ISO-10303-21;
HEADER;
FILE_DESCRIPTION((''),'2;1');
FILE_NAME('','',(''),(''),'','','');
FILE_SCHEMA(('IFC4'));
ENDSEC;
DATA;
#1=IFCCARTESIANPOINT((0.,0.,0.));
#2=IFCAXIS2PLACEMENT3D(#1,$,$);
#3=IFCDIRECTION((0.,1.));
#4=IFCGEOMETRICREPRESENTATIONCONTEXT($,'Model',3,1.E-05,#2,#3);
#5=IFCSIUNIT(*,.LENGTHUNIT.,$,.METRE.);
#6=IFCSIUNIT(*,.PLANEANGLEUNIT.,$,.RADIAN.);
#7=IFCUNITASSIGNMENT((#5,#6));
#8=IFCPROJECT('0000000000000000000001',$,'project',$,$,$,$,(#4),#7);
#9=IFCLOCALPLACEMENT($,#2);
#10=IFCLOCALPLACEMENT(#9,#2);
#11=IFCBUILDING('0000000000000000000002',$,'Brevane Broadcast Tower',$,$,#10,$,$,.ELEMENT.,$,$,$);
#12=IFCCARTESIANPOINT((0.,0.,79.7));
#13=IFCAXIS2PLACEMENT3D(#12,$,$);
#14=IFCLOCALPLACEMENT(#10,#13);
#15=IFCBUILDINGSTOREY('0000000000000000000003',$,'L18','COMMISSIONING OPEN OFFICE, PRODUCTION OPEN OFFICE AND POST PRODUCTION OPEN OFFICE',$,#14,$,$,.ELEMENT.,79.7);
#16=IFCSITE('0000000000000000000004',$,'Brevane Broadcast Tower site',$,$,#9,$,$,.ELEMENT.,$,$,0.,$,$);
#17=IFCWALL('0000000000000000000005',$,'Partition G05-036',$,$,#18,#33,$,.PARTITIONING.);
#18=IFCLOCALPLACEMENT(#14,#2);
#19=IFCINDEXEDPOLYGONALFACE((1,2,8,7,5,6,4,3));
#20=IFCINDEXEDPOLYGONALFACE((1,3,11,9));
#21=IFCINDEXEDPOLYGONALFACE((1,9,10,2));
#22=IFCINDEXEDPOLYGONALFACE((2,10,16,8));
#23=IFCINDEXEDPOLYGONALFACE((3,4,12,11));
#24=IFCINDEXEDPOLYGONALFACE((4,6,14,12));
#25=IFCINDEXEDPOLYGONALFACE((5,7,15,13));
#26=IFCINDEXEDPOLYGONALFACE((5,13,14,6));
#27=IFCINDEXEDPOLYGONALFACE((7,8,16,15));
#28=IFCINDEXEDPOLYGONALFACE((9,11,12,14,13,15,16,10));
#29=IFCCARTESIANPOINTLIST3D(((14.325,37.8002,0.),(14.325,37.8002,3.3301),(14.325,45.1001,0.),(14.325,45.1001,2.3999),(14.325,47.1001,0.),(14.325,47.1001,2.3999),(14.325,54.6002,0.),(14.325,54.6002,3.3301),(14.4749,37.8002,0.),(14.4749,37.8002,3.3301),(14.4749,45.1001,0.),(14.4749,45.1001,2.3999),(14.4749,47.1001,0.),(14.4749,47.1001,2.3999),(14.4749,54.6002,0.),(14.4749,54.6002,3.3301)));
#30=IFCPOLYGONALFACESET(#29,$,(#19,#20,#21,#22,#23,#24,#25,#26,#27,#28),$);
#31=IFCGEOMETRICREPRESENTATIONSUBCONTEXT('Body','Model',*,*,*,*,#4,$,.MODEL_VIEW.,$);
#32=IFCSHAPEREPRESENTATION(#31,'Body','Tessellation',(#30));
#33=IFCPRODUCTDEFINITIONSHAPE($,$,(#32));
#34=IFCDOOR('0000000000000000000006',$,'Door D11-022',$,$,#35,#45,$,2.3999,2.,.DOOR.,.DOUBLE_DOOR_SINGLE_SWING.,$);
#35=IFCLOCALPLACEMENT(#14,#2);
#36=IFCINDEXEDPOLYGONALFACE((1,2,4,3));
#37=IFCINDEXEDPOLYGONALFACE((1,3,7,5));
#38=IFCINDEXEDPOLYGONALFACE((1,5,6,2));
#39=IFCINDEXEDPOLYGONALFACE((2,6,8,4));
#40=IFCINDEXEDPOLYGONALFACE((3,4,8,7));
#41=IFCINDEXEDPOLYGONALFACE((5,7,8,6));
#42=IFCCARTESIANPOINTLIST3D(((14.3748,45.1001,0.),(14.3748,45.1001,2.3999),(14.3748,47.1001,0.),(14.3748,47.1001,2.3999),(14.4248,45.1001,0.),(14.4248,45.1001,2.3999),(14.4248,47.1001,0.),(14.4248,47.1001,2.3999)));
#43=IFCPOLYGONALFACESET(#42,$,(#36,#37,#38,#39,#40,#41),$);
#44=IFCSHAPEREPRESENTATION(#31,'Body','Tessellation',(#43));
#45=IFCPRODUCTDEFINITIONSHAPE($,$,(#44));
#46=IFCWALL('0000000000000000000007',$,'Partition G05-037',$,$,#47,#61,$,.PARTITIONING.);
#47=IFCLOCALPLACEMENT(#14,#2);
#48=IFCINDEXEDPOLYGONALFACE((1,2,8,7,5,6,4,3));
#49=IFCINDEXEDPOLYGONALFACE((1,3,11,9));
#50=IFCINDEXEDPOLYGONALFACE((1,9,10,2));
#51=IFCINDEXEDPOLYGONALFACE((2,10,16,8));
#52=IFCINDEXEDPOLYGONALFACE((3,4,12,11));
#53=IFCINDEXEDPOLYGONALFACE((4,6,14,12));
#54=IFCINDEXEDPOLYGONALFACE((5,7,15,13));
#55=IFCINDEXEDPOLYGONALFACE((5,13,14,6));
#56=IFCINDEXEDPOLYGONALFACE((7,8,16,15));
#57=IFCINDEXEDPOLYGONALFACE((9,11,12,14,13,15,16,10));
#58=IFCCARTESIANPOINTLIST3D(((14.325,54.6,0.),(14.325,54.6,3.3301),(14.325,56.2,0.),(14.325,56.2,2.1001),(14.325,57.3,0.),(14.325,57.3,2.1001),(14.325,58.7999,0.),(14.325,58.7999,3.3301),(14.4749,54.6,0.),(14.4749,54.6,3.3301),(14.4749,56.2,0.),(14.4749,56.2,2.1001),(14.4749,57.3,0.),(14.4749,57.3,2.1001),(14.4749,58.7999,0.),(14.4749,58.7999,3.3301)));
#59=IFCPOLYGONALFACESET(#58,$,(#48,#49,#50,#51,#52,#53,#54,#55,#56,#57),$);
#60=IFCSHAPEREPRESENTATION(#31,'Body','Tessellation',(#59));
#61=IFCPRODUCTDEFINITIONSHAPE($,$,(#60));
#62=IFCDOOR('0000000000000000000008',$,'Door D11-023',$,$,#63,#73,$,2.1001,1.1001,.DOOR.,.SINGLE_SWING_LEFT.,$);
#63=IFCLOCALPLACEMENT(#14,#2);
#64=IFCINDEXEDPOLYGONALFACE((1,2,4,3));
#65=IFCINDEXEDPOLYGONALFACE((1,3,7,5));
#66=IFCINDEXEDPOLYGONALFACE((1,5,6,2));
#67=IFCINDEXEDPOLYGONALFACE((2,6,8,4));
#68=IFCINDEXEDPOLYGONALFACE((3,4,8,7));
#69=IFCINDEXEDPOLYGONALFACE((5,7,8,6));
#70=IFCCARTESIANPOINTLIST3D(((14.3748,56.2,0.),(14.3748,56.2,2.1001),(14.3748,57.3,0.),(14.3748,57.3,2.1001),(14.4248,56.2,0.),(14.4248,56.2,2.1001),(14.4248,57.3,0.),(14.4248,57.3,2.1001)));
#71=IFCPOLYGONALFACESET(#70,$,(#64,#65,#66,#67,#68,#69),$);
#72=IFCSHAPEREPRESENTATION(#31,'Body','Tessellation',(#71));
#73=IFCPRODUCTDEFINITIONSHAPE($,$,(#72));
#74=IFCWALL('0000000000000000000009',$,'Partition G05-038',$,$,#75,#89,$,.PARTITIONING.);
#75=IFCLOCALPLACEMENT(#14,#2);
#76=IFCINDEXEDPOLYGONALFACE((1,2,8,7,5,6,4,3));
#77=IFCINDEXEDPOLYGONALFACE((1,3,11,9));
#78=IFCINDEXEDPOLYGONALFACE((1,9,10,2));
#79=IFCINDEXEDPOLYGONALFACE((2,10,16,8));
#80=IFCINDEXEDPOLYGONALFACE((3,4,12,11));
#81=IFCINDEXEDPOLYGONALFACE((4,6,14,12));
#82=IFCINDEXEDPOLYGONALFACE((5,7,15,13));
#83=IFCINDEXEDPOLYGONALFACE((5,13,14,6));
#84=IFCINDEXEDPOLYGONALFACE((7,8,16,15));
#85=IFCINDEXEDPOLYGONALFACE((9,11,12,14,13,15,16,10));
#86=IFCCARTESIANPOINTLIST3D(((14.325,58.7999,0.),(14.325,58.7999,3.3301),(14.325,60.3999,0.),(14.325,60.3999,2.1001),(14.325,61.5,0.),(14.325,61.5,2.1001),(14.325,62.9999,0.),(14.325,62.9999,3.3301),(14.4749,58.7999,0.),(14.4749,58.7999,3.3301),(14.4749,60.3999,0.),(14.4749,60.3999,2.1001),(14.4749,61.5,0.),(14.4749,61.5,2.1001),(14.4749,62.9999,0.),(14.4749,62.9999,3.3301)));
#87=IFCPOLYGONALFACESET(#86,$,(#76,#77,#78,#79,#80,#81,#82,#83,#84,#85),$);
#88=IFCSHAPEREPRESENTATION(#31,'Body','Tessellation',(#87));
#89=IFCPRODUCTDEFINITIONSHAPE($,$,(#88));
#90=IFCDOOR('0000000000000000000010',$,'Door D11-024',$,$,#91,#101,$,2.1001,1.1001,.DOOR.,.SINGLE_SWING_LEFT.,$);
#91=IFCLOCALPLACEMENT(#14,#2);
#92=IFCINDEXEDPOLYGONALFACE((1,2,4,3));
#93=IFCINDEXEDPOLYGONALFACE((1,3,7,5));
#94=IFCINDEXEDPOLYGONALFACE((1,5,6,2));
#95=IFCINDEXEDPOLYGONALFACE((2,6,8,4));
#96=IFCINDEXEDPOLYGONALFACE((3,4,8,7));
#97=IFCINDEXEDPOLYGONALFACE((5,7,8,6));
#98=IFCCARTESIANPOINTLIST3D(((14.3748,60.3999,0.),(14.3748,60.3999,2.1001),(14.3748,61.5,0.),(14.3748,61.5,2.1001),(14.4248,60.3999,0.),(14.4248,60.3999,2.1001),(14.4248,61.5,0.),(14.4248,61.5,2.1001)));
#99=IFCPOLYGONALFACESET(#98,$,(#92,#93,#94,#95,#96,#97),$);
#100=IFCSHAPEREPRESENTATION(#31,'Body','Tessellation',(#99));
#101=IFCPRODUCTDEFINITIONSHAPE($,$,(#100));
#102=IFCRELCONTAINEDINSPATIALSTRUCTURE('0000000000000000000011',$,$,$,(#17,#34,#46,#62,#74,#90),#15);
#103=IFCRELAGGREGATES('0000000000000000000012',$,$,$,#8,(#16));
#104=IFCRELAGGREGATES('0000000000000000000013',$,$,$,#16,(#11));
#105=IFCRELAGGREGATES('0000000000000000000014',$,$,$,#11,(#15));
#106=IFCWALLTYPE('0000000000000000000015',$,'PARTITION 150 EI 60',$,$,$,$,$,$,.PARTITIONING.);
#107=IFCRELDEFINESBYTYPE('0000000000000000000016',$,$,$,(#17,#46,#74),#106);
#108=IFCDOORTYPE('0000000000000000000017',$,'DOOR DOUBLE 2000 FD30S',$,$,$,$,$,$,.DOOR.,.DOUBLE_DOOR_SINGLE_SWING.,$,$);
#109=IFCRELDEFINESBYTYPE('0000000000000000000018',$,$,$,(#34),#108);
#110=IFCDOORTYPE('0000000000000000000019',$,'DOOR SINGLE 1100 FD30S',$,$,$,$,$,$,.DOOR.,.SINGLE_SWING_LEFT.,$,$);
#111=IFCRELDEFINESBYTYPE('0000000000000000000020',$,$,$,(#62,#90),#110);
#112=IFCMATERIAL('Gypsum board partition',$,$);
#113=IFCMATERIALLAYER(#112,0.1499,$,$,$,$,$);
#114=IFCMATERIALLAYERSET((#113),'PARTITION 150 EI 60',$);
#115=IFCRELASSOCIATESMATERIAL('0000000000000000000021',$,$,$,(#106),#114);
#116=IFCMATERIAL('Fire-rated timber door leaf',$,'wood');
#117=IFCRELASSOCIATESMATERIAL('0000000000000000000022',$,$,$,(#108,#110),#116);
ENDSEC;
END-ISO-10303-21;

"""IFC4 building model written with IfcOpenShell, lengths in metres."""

from ifc_helpers import new_model, si_unit, direction, frame, frame_2d, origin, place, context, subcontext, project, spatial, rectangle, extrude, material, layer, layer_set, type_object, element, fill, save


model = new_model("IFC4")

# Units and contexts
model_context = context("Model", 3, precision=1e-05, world=origin(), true_north=direction((0.0, 1.0)))
body_context = subcontext(model_context, "Body", "Model", "MODEL_VIEW")
ifc_project = project(units=[si_unit("LENGTHUNIT", "METRE"), si_unit("PLANEANGLEUNIT", "RADIAN")], contexts=[model_context])

# Site, building, storey
site_placement = place(None, origin())
site = spatial("IfcSite", under=ifc_project, at=site_placement, Name="Brevane Broadcast Tower site", CompositionType="ELEMENT", RefElevation=0.0)
building_placement = place(site_placement, origin())
building = spatial("IfcBuilding", under=site, at=building_placement, Name="Brevane Broadcast Tower", CompositionType="ELEMENT")
storey_placement = place(building_placement, frame((0.0, 0.0, 79.7)))
storey = spatial("IfcBuildingStorey", under=building, at=storey_placement, Name="L18", Description="COMMISSIONING OPEN OFFICE, PRODUCTION OPEN OFFICE AND POST PRODUCTION OPEN OFFICE", CompositionType="ELEMENT", Elevation=79.7)

# Shared definitions
ifc_material_1 = material(Name="Gypsum board partition")

# Walls, openings, doors
ifc_layer_1 = layer(ifc_material_1, 0.1499)
ifc_layer_set_1 = layer_set([ifc_layer_1], Name="PARTITION 150 EI 60")
wall_type_1 = type_object("IfcWallType", Name="PARTITION 150 EI 60", PredefinedType="PARTITIONING", material=ifc_layer_set_1)
ifc_material_2 = material(Name="Fire-rated timber door leaf", Category="wood")
door_type_1 = type_object("IfcDoorType", Name="DOOR DOUBLE 2000 FD30S", OperationType="DOUBLE_DOOR_SINGLE_SWING", PredefinedType="DOOR", material=ifc_material_2)
wall_1_placement = place(storey_placement, frame((14.3999, 54.6001, 0.0), z_axis=(0.0, 0.0, 1.0), x_axis=(0.0, -1.0, 0.0)))
wall_1 = element("IfcWall", 1, at=wall_1_placement, inside=storey, type_object=wall_type_1, Name="Partition G05-036", PredefinedType="PARTITIONING", context=body_context, shape_type="SweptSolid", body=[
    extrude(rectangle(XDim=16.8, YDim=0.1499, at=frame_2d((8.3999, 0.0))), origin(), (0.0, 0.0, 1.0), 3.3301),
])
opening_1_placement = place(wall_1_placement, frame((7.5, 0.0, 0.0)))
opening_1 = element("IfcOpeningElement", 2, at=opening_1_placement, cuts=wall_1, PredefinedType="OPENING", context=body_context, shape_type="SweptSolid", body=[
    extrude(rectangle(XDim=2.0, YDim=2.3999, at=frame_2d((1.0, 1.2))), frame((0.0, 0.085, 0.0), z_axis=(0.0, -1.0, 0.0), x_axis=(1.0, 0.0, 0.0)), (0.0, 0.0, 1.0), 0.1699),
])
door_1_placement = place(opening_1_placement, origin())
door_1 = element("IfcDoor", 3, at=door_1_placement, inside=storey, type_object=door_type_1, Name="Door D11-022", OperationType="DOUBLE_DOOR_SINGLE_SWING", OverallHeight=2.3999, OverallWidth=2.0, PredefinedType="DOOR", context=body_context, shape_type="SweptSolid", body=[
    extrude(rectangle(XDim=2.0, YDim=2.3999, at=frame_2d((1.0, 1.2))), frame((0.0, 0.0249, 0.0), z_axis=(0.0, -1.0, 0.0), x_axis=(1.0, 0.0, 0.0)), (0.0, 0.0, 1.0), 0.05),
])
fill(opening_1, door_1)
wall_2_placement = place(storey_placement, frame((14.3999, 58.8, 0.0), z_axis=(0.0, 0.0, 1.0), x_axis=(0.0, -1.0, 0.0)))
wall_2 = element("IfcWall", 4, at=wall_2_placement, inside=storey, type_object=wall_type_1, Name="Partition G05-037", PredefinedType="PARTITIONING", context=body_context, shape_type="SweptSolid", body=[
    extrude(rectangle(XDim=4.2, YDim=0.1499, at=frame_2d((2.1001, 0.0))), origin(), (0.0, 0.0, 1.0), 3.3301),
])
opening_2_placement = place(wall_2_placement, frame((1.5, 0.0, 0.0)))
opening_2 = element("IfcOpeningElement", 5, at=opening_2_placement, cuts=wall_2, PredefinedType="OPENING", context=body_context, shape_type="SweptSolid", body=[
    extrude(rectangle(XDim=1.1001, YDim=2.1001, at=frame_2d((0.55, 1.05))), frame((0.0, 0.085, 0.0), z_axis=(0.0, -1.0, 0.0), x_axis=(1.0, 0.0, 0.0)), (0.0, 0.0, 1.0), 0.1699),
])
door_type_2 = type_object("IfcDoorType", Name="DOOR SINGLE 1100 FD30S", OperationType="SINGLE_SWING_LEFT", PredefinedType="DOOR", material=ifc_material_2)
door_2_placement = place(opening_2_placement, origin())
door_2 = element("IfcDoor", 6, at=door_2_placement, inside=storey, type_object=door_type_2, Name="Door D11-023", OperationType="SINGLE_SWING_LEFT", OverallHeight=2.1001, OverallWidth=1.1001, PredefinedType="DOOR", context=body_context, shape_type="SweptSolid", body=[
    extrude(rectangle(XDim=1.1001, YDim=2.1001, at=frame_2d((0.55, 1.05))), frame((0.0, 0.0249, 0.0), z_axis=(0.0, -1.0, 0.0), x_axis=(1.0, 0.0, 0.0)), (0.0, 0.0, 1.0), 0.05),
])
fill(opening_2, door_2)
wall_3_placement = place(storey_placement, frame((14.3999, 63.0, 0.0), z_axis=(0.0, 0.0, 1.0), x_axis=(0.0, -1.0, 0.0)))
wall_3 = element("IfcWall", 7, at=wall_3_placement, inside=storey, type_object=wall_type_1, Name="Partition G05-038", PredefinedType="PARTITIONING", context=body_context, shape_type="SweptSolid", body=[
    extrude(rectangle(XDim=4.2, YDim=0.1499, at=frame_2d((2.1001, 0.0))), origin(), (0.0, 0.0, 1.0), 3.3301),
])
opening_3_placement = place(wall_3_placement, frame((1.5, 0.0, 0.0)))
opening_3 = element("IfcOpeningElement", 8, at=opening_3_placement, cuts=wall_3, PredefinedType="OPENING", context=body_context, shape_type="SweptSolid", body=[
    extrude(rectangle(XDim=1.1001, YDim=2.1001, at=frame_2d((0.55, 1.05))), frame((0.0, 0.085, 0.0), z_axis=(0.0, -1.0, 0.0), x_axis=(1.0, 0.0, 0.0)), (0.0, 0.0, 1.0), 0.1699),
])
door_3_placement = place(opening_3_placement, origin())
door_3 = element("IfcDoor", 9, at=door_3_placement, inside=storey, type_object=door_type_2, Name="Door D11-024", OperationType="SINGLE_SWING_LEFT", OverallHeight=2.1001, OverallWidth=1.1001, PredefinedType="DOOR", context=body_context, shape_type="SweptSolid", body=[
    extrude(rectangle(XDim=1.1001, YDim=2.1001, at=frame_2d((0.55, 1.05))), frame((0.0, 0.0249, 0.0), z_axis=(0.0, -1.0, 0.0), x_axis=(1.0, 0.0, 0.0)), (0.0, 0.0, 1.0), 0.05),
])
fill(opening_3, door_3)

save(model, "model.ifc")
